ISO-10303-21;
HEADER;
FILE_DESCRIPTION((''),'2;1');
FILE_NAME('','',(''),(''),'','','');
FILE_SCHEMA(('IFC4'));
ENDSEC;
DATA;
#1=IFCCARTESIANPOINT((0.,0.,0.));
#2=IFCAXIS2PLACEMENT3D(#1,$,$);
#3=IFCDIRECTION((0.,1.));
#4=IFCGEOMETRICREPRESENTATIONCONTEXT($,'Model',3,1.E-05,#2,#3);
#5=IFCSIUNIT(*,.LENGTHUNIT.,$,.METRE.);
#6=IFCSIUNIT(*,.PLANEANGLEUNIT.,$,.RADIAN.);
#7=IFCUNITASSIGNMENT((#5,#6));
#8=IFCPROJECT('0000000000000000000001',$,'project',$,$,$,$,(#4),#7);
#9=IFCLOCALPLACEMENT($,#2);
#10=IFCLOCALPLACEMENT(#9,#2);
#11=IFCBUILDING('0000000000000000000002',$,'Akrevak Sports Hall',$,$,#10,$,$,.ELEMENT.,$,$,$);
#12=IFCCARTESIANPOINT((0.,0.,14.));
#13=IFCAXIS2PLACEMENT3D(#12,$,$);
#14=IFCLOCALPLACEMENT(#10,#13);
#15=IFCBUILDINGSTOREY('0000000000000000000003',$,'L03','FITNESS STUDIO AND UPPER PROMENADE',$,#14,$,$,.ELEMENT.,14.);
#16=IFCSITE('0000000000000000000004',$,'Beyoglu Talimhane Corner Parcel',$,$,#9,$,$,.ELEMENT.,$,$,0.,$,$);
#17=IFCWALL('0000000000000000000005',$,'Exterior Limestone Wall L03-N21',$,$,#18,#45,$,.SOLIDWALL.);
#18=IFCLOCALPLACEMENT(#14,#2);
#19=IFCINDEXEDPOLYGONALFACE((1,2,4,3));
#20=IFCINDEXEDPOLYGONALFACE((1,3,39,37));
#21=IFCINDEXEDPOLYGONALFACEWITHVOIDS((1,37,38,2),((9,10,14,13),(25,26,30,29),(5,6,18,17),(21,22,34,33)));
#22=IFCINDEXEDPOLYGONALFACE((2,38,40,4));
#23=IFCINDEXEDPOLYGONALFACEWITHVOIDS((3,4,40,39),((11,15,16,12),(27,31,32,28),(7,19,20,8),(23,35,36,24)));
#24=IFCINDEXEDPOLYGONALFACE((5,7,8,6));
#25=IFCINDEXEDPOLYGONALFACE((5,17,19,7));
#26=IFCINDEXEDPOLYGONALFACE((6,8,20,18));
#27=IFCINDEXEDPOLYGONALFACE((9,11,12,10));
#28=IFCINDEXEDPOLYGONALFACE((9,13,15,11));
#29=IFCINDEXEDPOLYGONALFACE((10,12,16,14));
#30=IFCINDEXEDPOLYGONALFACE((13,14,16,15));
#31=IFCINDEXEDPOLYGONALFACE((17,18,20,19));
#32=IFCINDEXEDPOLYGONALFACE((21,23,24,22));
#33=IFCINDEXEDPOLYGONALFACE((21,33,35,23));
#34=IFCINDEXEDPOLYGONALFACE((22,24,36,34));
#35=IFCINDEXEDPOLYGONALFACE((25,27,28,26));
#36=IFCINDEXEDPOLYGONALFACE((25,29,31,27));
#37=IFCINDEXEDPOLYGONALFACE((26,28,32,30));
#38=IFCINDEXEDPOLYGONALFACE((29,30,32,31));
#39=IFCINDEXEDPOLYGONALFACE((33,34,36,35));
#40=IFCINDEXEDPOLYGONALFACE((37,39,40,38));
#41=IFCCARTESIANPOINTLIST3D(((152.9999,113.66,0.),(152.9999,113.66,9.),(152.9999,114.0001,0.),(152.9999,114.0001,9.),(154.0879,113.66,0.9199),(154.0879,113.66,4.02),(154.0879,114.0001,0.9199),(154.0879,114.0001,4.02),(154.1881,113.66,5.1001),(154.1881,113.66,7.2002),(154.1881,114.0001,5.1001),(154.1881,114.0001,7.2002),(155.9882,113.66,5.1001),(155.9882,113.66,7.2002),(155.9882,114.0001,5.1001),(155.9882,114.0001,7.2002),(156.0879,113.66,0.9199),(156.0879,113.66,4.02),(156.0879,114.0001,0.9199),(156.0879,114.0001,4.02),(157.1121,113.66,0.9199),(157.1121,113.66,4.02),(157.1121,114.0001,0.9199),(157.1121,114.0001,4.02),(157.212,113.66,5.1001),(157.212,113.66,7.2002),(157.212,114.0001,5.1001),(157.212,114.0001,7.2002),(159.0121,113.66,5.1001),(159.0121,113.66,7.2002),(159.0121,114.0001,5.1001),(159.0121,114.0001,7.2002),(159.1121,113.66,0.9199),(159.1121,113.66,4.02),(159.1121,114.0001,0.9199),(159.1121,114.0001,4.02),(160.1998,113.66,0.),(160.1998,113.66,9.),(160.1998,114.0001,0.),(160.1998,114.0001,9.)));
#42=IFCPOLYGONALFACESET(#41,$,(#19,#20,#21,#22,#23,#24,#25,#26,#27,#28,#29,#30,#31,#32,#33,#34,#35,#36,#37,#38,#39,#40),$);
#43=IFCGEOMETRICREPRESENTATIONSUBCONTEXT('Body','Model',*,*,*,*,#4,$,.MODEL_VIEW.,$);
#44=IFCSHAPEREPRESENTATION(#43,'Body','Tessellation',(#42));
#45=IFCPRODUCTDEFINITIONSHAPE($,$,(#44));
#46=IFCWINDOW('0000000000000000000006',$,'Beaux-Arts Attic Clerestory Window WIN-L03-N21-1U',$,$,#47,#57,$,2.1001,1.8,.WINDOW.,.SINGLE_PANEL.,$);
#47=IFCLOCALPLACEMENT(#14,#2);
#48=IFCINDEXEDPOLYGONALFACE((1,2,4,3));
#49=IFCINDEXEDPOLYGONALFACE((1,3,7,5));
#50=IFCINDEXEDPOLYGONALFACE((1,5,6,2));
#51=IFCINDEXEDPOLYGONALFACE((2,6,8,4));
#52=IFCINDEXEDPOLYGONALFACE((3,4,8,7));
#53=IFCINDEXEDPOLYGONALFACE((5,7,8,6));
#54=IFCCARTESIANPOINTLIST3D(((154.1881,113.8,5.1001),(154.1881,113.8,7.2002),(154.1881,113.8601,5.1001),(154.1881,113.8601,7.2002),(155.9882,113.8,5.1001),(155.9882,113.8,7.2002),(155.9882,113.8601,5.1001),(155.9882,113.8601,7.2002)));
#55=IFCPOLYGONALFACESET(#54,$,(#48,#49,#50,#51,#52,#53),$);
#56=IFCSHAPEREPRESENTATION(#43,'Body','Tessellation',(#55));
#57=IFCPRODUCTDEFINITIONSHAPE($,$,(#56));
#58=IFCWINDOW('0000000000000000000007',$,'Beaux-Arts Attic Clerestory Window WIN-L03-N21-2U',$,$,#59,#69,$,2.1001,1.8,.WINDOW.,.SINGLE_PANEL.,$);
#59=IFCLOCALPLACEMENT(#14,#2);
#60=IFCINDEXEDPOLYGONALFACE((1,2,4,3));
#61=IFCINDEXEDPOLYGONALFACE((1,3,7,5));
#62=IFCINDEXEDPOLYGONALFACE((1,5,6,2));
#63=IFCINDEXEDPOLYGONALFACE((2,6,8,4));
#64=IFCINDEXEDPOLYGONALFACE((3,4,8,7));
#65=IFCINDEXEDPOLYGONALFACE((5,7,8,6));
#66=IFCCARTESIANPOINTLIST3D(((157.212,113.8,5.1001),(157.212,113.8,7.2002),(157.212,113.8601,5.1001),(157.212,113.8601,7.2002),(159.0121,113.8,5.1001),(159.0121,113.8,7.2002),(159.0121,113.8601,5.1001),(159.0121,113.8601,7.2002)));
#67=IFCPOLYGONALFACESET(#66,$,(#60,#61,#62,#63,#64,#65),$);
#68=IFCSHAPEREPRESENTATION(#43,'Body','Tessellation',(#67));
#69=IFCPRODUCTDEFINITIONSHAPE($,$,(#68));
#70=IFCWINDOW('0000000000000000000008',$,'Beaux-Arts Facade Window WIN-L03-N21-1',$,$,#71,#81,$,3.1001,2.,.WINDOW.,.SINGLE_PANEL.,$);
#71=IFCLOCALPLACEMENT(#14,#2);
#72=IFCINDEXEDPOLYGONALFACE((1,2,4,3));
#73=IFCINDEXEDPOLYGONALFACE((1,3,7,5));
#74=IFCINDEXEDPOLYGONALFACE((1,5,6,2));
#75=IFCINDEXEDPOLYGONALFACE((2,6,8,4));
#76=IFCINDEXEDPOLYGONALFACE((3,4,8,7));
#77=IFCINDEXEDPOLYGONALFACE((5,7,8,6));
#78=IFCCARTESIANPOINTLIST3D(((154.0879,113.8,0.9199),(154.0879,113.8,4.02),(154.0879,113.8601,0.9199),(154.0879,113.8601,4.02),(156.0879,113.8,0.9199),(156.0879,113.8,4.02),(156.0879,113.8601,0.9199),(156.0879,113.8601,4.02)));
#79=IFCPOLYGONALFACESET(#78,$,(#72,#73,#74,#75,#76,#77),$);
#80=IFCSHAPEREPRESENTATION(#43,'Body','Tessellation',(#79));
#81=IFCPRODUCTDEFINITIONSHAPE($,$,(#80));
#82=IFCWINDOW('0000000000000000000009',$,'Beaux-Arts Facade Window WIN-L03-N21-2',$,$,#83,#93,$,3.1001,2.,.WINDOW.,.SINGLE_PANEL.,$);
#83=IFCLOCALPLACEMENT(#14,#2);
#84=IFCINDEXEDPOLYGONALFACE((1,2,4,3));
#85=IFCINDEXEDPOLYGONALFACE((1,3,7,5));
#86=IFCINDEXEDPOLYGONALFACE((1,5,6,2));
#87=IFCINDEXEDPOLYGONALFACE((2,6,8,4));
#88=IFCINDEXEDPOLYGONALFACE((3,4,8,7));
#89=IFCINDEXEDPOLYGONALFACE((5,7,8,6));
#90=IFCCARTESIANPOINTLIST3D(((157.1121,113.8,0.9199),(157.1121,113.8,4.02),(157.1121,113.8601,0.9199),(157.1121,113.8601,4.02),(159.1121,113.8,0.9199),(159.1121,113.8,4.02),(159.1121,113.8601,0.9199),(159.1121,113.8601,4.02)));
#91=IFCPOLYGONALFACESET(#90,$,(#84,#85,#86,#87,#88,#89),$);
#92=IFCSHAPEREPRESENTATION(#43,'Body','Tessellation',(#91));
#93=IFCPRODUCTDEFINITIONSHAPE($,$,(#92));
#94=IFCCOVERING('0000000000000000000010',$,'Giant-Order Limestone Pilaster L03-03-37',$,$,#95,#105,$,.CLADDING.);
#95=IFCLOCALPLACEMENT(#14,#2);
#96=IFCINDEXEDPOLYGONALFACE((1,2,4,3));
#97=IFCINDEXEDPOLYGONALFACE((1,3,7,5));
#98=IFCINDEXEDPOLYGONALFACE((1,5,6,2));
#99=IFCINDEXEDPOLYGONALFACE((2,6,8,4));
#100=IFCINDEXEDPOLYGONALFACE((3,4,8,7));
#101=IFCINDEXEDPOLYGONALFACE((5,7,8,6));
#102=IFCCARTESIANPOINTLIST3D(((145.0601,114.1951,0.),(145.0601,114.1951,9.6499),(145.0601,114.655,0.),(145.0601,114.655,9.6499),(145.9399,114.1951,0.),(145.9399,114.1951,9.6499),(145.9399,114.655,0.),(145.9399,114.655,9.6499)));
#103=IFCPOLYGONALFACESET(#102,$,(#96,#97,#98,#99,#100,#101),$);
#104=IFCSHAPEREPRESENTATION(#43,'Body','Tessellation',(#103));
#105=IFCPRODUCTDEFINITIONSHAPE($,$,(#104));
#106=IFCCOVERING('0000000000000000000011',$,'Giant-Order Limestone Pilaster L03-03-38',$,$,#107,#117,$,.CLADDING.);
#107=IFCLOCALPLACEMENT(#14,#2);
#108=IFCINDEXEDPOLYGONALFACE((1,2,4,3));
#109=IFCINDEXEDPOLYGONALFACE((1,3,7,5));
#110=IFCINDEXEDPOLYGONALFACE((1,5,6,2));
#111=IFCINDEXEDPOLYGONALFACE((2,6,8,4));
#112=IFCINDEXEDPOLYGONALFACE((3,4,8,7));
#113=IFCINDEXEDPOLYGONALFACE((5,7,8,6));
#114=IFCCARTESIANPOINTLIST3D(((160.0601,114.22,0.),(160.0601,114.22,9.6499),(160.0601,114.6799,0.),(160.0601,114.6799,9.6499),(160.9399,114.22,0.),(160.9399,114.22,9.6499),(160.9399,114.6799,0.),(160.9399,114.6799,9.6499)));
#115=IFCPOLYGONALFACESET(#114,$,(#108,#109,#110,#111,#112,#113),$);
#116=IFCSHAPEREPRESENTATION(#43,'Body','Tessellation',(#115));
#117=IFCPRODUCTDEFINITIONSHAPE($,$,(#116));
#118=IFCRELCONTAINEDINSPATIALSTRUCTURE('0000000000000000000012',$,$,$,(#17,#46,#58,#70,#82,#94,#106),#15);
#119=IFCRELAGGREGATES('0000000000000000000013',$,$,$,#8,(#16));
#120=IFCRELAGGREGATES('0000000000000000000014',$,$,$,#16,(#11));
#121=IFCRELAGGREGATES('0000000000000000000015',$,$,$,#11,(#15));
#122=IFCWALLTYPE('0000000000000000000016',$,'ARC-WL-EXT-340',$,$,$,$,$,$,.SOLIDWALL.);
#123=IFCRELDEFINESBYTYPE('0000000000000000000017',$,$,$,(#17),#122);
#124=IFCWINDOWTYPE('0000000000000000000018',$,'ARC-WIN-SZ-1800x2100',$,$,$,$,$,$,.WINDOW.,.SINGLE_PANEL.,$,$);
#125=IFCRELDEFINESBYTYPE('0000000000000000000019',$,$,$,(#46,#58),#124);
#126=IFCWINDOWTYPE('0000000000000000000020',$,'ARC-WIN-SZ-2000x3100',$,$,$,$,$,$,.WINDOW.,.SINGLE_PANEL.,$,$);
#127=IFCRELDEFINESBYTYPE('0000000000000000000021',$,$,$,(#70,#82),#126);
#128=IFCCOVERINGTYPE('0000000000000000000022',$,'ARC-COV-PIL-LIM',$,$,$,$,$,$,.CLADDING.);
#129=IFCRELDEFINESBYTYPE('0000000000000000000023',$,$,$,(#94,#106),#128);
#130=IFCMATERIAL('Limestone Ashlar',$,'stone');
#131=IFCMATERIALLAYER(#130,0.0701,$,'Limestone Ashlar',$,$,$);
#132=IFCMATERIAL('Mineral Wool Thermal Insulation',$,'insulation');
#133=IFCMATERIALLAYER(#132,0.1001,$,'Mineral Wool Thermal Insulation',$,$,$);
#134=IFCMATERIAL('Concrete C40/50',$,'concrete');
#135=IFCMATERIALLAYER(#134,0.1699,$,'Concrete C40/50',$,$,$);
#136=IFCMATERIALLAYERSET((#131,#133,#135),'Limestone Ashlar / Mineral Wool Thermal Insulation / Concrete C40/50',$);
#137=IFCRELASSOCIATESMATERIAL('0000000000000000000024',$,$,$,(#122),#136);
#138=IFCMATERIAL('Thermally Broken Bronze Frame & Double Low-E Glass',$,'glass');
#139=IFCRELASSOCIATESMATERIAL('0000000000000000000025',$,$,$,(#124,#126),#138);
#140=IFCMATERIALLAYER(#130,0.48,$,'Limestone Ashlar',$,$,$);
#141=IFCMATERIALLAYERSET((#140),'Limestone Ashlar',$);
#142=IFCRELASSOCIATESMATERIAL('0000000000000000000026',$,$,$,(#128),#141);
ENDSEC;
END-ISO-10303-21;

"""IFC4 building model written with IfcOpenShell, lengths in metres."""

from ifc_helpers import new_model, si_unit, direction, frame, frame_2d, origin, origin_2d, place, context, subcontext, project, spatial, rectangle, extrude, material, layer, layer_set, type_object, element, fill, save


model = new_model("IFC4")

# Units and contexts
model_context = context("Model", 3, precision=1e-05, world=origin(), true_north=direction((0.0, 1.0)))
body_context = subcontext(model_context, "Body", "Model", "MODEL_VIEW")
ifc_project = project(units=[si_unit("LENGTHUNIT", "METRE"), si_unit("PLANEANGLEUNIT", "RADIAN")], contexts=[model_context])

# Site, building, storey
site_placement = place(None, origin())
site = spatial("IfcSite", under=ifc_project, at=site_placement, Name="Beyoglu Talimhane Corner Parcel", CompositionType="ELEMENT", RefElevation=0.0)
building_placement = place(site_placement, origin())
building = spatial("IfcBuilding", under=site, at=building_placement, Name="Akrevak Sports Hall", CompositionType="ELEMENT")
storey_placement = place(building_placement, frame((0.0, 0.0, 14.0)))
storey = spatial("IfcBuildingStorey", under=building, at=storey_placement, Name="L03", Description="FITNESS STUDIO AND UPPER PROMENADE", CompositionType="ELEMENT", Elevation=14.0)

# Shared definitions
ifc_material_1 = material(Name="Concrete C40/50", Category="concrete")

# Wall, openings, windows
ifc_material_2 = material(Name="Limestone Ashlar", Category="stone")
ifc_layer_1 = layer(ifc_material_2, 0.0701, Name="Limestone Ashlar")
ifc_material_3 = material(Name="Mineral Wool Thermal Insulation", Category="insulation")
ifc_layer_2 = layer(ifc_material_3, 0.1001, Name="Mineral Wool Thermal Insulation")
ifc_layer_3 = layer(ifc_material_1, 0.1699, Name="Concrete C40/50")
ifc_layer_set_1 = layer_set([ifc_layer_1, ifc_layer_2, ifc_layer_3], Name="Limestone Ashlar / Mineral Wool Thermal Insulation / Concrete C40/50")
wall_type = type_object("IfcWallType", Name="ARC-WL-EXT-340", PredefinedType="SOLIDWALL", material=ifc_layer_set_1)
ifc_material_4 = material(Name="Thermally Broken Bronze Frame & Double Low-E Glass", Category="glass")
window_type_1 = type_object("IfcWindowType", Name="ARC-WIN-SZ-1800x2100", PartitioningType="SINGLE_PANEL", PredefinedType="WINDOW", material=ifc_material_4)
window_type_2 = type_object("IfcWindowType", Name="ARC-WIN-SZ-2000x3100", PartitioningType="SINGLE_PANEL", PredefinedType="WINDOW", material=ifc_material_4)
wall_1_placement = place(storey_placement, frame((160.2, 113.8301, 0.0), z_axis=(0.0, 0.0, 1.0), x_axis=(-1.0, 0.0, 0.0)))
wall_1 = element("IfcWall", 1, at=wall_1_placement, inside=storey, type_object=wall_type, Name="Exterior Limestone Wall L03-N21", PredefinedType="SOLIDWALL", context=body_context, shape_type="SweptSolid", body=[
    extrude(rectangle(XDim=7.2, YDim=0.3401, at=frame_2d((3.6001, 0.0))), origin(), (0.0, 0.0, 1.0), 9.0),
])
opening_1_placement = place(wall_1_placement, frame((4.1121, 0.0, 0.9199)))
opening_1 = element("IfcOpeningElement", 2, at=opening_1_placement, cuts=wall_1, PredefinedType="OPENING", context=body_context, shape_type="SweptSolid", body=[
    extrude(rectangle(XDim=2.0, YDim=3.1001, at=frame_2d((1.0, 1.55))), frame((0.0, 0.1821, 0.0), z_axis=(0.0, -1.0, 0.0), x_axis=(1.0, 0.0, 0.0)), (0.0, 0.0, 1.0), 0.364),
])
opening_2_placement = place(wall_1_placement, frame((4.2119, 0.0, 5.1001)))
opening_2 = element("IfcOpeningElement", 3, at=opening_2_placement, cuts=wall_1, PredefinedType="OPENING", context=body_context, shape_type="SweptSolid", body=[
    extrude(rectangle(XDim=1.8, YDim=2.1001, at=frame_2d((0.8999, 1.05))), frame((0.0, 0.1821, 0.0), z_axis=(0.0, -1.0, 0.0), x_axis=(1.0, 0.0, 0.0)), (0.0, 0.0, 1.0), 0.364),
])
opening_3_placement = place(wall_1_placement, frame((1.0879, 0.0, 0.9199)))
opening_3 = element("IfcOpeningElement", 4, at=opening_3_placement, cuts=wall_1, PredefinedType="OPENING", context=body_context, shape_type="SweptSolid", body=[
    extrude(rectangle(XDim=2.0, YDim=3.1001, at=frame_2d((1.0, 1.55))), frame((0.0, 0.1821, 0.0), z_axis=(0.0, -1.0, 0.0), x_axis=(1.0, 0.0, 0.0)), (0.0, 0.0, 1.0), 0.364),
])
opening_4_placement = place(wall_1_placement, frame((1.188, 0.0, 5.1001)))
opening_4 = element("IfcOpeningElement", 5, at=opening_4_placement, cuts=wall_1, PredefinedType="OPENING", context=body_context, shape_type="SweptSolid", body=[
    extrude(rectangle(XDim=1.8, YDim=2.1001, at=frame_2d((0.8999, 1.05))), frame((0.0, 0.1821, 0.0), z_axis=(0.0, -1.0, 0.0), x_axis=(1.0, 0.0, 0.0)), (0.0, 0.0, 1.0), 0.364),
])
window_1_placement = place(opening_2_placement, origin())
window_1 = element("IfcWindow", 6, at=window_1_placement, inside=storey, type_object=window_type_1, Name="Beaux-Arts Attic Clerestory Window WIN-L03-N21-1U", OverallHeight=2.1001, OverallWidth=1.8, PartitioningType="SINGLE_PANEL", PredefinedType="WINDOW", context=body_context, shape_type="SweptSolid", body=[
    extrude(rectangle(XDim=1.8, YDim=2.1001, at=frame_2d((0.8999, 1.05))), frame((0.0, 0.03, 0.0), z_axis=(0.0, -1.0, 0.0), x_axis=(1.0, 0.0, 0.0)), (0.0, 0.0, 1.0), 0.0601),
])
fill(opening_2, window_1)
window_2_placement = place(opening_4_placement, origin())
window_2 = element("IfcWindow", 7, at=window_2_placement, inside=storey, type_object=window_type_1, Name="Beaux-Arts Attic Clerestory Window WIN-L03-N21-2U", OverallHeight=2.1001, OverallWidth=1.8, PartitioningType="SINGLE_PANEL", PredefinedType="WINDOW", context=body_context, shape_type="SweptSolid", body=[
    extrude(rectangle(XDim=1.8, YDim=2.1001, at=frame_2d((0.8999, 1.05))), frame((0.0, 0.03, 0.0), z_axis=(0.0, -1.0, 0.0), x_axis=(1.0, 0.0, 0.0)), (0.0, 0.0, 1.0), 0.0601),
])
fill(opening_4, window_2)
window_3_placement = place(opening_1_placement, origin())
window_3 = element("IfcWindow", 8, at=window_3_placement, inside=storey, type_object=window_type_2, Name="Beaux-Arts Facade Window WIN-L03-N21-1", OverallHeight=3.1001, OverallWidth=2.0, PartitioningType="SINGLE_PANEL", PredefinedType="WINDOW", context=body_context, shape_type="SweptSolid", body=[
    extrude(rectangle(XDim=2.0, YDim=3.1001, at=frame_2d((1.0, 1.55))), frame((0.0, 0.03, 0.0), z_axis=(0.0, -1.0, 0.0), x_axis=(1.0, 0.0, 0.0)), (0.0, 0.0, 1.0), 0.0601),
])
fill(opening_1, window_3)
window_4_placement = place(opening_3_placement, origin())
window_4 = element("IfcWindow", 9, at=window_4_placement, inside=storey, type_object=window_type_2, Name="Beaux-Arts Facade Window WIN-L03-N21-2", OverallHeight=3.1001, OverallWidth=2.0, PartitioningType="SINGLE_PANEL", PredefinedType="WINDOW", context=body_context, shape_type="SweptSolid", body=[
    extrude(rectangle(XDim=2.0, YDim=3.1001, at=frame_2d((1.0, 1.55))), frame((0.0, 0.03, 0.0), z_axis=(0.0, -1.0, 0.0), x_axis=(1.0, 0.0, 0.0)), (0.0, 0.0, 1.0), 0.0601),
])
fill(opening_3, window_4)

# Coverings
ifc_layer_4 = layer(ifc_material_2, 0.48, Name="Limestone Ashlar")
ifc_layer_set_2 = layer_set([ifc_layer_4], Name="Limestone Ashlar")
covering_type = type_object("IfcCoveringType", Name="ARC-COV-PIL-LIM", PredefinedType="CLADDING", material=ifc_layer_set_2)
for number, where, z_axis, x_axis, name in (
    (10, (145.5, 114.425, 0.0), (0.0, 0.0, 1.0), (-1.0, 0.0, 0.0), "Giant-Order Limestone Pilaster L03-03-37"),
    (11, (160.5, 114.45, 0.0), (0.0, 0.0, 1.0), (-1.0, 0.0, 0.0), "Giant-Order Limestone Pilaster L03-03-38"),
):
    element("IfcCovering", number, at=place(storey_placement, frame(where, z_axis=z_axis, x_axis=x_axis)), inside=storey, type_object=covering_type, Name=name, PredefinedType="CLADDING", context=body_context, shape_type="SweptSolid", body=[
        extrude(rectangle(XDim=0.8799, YDim=0.46, at=origin_2d()), origin(), (0.0, 0.0, 1.0), 9.6499),
    ])

save(model, "model.ifc")
